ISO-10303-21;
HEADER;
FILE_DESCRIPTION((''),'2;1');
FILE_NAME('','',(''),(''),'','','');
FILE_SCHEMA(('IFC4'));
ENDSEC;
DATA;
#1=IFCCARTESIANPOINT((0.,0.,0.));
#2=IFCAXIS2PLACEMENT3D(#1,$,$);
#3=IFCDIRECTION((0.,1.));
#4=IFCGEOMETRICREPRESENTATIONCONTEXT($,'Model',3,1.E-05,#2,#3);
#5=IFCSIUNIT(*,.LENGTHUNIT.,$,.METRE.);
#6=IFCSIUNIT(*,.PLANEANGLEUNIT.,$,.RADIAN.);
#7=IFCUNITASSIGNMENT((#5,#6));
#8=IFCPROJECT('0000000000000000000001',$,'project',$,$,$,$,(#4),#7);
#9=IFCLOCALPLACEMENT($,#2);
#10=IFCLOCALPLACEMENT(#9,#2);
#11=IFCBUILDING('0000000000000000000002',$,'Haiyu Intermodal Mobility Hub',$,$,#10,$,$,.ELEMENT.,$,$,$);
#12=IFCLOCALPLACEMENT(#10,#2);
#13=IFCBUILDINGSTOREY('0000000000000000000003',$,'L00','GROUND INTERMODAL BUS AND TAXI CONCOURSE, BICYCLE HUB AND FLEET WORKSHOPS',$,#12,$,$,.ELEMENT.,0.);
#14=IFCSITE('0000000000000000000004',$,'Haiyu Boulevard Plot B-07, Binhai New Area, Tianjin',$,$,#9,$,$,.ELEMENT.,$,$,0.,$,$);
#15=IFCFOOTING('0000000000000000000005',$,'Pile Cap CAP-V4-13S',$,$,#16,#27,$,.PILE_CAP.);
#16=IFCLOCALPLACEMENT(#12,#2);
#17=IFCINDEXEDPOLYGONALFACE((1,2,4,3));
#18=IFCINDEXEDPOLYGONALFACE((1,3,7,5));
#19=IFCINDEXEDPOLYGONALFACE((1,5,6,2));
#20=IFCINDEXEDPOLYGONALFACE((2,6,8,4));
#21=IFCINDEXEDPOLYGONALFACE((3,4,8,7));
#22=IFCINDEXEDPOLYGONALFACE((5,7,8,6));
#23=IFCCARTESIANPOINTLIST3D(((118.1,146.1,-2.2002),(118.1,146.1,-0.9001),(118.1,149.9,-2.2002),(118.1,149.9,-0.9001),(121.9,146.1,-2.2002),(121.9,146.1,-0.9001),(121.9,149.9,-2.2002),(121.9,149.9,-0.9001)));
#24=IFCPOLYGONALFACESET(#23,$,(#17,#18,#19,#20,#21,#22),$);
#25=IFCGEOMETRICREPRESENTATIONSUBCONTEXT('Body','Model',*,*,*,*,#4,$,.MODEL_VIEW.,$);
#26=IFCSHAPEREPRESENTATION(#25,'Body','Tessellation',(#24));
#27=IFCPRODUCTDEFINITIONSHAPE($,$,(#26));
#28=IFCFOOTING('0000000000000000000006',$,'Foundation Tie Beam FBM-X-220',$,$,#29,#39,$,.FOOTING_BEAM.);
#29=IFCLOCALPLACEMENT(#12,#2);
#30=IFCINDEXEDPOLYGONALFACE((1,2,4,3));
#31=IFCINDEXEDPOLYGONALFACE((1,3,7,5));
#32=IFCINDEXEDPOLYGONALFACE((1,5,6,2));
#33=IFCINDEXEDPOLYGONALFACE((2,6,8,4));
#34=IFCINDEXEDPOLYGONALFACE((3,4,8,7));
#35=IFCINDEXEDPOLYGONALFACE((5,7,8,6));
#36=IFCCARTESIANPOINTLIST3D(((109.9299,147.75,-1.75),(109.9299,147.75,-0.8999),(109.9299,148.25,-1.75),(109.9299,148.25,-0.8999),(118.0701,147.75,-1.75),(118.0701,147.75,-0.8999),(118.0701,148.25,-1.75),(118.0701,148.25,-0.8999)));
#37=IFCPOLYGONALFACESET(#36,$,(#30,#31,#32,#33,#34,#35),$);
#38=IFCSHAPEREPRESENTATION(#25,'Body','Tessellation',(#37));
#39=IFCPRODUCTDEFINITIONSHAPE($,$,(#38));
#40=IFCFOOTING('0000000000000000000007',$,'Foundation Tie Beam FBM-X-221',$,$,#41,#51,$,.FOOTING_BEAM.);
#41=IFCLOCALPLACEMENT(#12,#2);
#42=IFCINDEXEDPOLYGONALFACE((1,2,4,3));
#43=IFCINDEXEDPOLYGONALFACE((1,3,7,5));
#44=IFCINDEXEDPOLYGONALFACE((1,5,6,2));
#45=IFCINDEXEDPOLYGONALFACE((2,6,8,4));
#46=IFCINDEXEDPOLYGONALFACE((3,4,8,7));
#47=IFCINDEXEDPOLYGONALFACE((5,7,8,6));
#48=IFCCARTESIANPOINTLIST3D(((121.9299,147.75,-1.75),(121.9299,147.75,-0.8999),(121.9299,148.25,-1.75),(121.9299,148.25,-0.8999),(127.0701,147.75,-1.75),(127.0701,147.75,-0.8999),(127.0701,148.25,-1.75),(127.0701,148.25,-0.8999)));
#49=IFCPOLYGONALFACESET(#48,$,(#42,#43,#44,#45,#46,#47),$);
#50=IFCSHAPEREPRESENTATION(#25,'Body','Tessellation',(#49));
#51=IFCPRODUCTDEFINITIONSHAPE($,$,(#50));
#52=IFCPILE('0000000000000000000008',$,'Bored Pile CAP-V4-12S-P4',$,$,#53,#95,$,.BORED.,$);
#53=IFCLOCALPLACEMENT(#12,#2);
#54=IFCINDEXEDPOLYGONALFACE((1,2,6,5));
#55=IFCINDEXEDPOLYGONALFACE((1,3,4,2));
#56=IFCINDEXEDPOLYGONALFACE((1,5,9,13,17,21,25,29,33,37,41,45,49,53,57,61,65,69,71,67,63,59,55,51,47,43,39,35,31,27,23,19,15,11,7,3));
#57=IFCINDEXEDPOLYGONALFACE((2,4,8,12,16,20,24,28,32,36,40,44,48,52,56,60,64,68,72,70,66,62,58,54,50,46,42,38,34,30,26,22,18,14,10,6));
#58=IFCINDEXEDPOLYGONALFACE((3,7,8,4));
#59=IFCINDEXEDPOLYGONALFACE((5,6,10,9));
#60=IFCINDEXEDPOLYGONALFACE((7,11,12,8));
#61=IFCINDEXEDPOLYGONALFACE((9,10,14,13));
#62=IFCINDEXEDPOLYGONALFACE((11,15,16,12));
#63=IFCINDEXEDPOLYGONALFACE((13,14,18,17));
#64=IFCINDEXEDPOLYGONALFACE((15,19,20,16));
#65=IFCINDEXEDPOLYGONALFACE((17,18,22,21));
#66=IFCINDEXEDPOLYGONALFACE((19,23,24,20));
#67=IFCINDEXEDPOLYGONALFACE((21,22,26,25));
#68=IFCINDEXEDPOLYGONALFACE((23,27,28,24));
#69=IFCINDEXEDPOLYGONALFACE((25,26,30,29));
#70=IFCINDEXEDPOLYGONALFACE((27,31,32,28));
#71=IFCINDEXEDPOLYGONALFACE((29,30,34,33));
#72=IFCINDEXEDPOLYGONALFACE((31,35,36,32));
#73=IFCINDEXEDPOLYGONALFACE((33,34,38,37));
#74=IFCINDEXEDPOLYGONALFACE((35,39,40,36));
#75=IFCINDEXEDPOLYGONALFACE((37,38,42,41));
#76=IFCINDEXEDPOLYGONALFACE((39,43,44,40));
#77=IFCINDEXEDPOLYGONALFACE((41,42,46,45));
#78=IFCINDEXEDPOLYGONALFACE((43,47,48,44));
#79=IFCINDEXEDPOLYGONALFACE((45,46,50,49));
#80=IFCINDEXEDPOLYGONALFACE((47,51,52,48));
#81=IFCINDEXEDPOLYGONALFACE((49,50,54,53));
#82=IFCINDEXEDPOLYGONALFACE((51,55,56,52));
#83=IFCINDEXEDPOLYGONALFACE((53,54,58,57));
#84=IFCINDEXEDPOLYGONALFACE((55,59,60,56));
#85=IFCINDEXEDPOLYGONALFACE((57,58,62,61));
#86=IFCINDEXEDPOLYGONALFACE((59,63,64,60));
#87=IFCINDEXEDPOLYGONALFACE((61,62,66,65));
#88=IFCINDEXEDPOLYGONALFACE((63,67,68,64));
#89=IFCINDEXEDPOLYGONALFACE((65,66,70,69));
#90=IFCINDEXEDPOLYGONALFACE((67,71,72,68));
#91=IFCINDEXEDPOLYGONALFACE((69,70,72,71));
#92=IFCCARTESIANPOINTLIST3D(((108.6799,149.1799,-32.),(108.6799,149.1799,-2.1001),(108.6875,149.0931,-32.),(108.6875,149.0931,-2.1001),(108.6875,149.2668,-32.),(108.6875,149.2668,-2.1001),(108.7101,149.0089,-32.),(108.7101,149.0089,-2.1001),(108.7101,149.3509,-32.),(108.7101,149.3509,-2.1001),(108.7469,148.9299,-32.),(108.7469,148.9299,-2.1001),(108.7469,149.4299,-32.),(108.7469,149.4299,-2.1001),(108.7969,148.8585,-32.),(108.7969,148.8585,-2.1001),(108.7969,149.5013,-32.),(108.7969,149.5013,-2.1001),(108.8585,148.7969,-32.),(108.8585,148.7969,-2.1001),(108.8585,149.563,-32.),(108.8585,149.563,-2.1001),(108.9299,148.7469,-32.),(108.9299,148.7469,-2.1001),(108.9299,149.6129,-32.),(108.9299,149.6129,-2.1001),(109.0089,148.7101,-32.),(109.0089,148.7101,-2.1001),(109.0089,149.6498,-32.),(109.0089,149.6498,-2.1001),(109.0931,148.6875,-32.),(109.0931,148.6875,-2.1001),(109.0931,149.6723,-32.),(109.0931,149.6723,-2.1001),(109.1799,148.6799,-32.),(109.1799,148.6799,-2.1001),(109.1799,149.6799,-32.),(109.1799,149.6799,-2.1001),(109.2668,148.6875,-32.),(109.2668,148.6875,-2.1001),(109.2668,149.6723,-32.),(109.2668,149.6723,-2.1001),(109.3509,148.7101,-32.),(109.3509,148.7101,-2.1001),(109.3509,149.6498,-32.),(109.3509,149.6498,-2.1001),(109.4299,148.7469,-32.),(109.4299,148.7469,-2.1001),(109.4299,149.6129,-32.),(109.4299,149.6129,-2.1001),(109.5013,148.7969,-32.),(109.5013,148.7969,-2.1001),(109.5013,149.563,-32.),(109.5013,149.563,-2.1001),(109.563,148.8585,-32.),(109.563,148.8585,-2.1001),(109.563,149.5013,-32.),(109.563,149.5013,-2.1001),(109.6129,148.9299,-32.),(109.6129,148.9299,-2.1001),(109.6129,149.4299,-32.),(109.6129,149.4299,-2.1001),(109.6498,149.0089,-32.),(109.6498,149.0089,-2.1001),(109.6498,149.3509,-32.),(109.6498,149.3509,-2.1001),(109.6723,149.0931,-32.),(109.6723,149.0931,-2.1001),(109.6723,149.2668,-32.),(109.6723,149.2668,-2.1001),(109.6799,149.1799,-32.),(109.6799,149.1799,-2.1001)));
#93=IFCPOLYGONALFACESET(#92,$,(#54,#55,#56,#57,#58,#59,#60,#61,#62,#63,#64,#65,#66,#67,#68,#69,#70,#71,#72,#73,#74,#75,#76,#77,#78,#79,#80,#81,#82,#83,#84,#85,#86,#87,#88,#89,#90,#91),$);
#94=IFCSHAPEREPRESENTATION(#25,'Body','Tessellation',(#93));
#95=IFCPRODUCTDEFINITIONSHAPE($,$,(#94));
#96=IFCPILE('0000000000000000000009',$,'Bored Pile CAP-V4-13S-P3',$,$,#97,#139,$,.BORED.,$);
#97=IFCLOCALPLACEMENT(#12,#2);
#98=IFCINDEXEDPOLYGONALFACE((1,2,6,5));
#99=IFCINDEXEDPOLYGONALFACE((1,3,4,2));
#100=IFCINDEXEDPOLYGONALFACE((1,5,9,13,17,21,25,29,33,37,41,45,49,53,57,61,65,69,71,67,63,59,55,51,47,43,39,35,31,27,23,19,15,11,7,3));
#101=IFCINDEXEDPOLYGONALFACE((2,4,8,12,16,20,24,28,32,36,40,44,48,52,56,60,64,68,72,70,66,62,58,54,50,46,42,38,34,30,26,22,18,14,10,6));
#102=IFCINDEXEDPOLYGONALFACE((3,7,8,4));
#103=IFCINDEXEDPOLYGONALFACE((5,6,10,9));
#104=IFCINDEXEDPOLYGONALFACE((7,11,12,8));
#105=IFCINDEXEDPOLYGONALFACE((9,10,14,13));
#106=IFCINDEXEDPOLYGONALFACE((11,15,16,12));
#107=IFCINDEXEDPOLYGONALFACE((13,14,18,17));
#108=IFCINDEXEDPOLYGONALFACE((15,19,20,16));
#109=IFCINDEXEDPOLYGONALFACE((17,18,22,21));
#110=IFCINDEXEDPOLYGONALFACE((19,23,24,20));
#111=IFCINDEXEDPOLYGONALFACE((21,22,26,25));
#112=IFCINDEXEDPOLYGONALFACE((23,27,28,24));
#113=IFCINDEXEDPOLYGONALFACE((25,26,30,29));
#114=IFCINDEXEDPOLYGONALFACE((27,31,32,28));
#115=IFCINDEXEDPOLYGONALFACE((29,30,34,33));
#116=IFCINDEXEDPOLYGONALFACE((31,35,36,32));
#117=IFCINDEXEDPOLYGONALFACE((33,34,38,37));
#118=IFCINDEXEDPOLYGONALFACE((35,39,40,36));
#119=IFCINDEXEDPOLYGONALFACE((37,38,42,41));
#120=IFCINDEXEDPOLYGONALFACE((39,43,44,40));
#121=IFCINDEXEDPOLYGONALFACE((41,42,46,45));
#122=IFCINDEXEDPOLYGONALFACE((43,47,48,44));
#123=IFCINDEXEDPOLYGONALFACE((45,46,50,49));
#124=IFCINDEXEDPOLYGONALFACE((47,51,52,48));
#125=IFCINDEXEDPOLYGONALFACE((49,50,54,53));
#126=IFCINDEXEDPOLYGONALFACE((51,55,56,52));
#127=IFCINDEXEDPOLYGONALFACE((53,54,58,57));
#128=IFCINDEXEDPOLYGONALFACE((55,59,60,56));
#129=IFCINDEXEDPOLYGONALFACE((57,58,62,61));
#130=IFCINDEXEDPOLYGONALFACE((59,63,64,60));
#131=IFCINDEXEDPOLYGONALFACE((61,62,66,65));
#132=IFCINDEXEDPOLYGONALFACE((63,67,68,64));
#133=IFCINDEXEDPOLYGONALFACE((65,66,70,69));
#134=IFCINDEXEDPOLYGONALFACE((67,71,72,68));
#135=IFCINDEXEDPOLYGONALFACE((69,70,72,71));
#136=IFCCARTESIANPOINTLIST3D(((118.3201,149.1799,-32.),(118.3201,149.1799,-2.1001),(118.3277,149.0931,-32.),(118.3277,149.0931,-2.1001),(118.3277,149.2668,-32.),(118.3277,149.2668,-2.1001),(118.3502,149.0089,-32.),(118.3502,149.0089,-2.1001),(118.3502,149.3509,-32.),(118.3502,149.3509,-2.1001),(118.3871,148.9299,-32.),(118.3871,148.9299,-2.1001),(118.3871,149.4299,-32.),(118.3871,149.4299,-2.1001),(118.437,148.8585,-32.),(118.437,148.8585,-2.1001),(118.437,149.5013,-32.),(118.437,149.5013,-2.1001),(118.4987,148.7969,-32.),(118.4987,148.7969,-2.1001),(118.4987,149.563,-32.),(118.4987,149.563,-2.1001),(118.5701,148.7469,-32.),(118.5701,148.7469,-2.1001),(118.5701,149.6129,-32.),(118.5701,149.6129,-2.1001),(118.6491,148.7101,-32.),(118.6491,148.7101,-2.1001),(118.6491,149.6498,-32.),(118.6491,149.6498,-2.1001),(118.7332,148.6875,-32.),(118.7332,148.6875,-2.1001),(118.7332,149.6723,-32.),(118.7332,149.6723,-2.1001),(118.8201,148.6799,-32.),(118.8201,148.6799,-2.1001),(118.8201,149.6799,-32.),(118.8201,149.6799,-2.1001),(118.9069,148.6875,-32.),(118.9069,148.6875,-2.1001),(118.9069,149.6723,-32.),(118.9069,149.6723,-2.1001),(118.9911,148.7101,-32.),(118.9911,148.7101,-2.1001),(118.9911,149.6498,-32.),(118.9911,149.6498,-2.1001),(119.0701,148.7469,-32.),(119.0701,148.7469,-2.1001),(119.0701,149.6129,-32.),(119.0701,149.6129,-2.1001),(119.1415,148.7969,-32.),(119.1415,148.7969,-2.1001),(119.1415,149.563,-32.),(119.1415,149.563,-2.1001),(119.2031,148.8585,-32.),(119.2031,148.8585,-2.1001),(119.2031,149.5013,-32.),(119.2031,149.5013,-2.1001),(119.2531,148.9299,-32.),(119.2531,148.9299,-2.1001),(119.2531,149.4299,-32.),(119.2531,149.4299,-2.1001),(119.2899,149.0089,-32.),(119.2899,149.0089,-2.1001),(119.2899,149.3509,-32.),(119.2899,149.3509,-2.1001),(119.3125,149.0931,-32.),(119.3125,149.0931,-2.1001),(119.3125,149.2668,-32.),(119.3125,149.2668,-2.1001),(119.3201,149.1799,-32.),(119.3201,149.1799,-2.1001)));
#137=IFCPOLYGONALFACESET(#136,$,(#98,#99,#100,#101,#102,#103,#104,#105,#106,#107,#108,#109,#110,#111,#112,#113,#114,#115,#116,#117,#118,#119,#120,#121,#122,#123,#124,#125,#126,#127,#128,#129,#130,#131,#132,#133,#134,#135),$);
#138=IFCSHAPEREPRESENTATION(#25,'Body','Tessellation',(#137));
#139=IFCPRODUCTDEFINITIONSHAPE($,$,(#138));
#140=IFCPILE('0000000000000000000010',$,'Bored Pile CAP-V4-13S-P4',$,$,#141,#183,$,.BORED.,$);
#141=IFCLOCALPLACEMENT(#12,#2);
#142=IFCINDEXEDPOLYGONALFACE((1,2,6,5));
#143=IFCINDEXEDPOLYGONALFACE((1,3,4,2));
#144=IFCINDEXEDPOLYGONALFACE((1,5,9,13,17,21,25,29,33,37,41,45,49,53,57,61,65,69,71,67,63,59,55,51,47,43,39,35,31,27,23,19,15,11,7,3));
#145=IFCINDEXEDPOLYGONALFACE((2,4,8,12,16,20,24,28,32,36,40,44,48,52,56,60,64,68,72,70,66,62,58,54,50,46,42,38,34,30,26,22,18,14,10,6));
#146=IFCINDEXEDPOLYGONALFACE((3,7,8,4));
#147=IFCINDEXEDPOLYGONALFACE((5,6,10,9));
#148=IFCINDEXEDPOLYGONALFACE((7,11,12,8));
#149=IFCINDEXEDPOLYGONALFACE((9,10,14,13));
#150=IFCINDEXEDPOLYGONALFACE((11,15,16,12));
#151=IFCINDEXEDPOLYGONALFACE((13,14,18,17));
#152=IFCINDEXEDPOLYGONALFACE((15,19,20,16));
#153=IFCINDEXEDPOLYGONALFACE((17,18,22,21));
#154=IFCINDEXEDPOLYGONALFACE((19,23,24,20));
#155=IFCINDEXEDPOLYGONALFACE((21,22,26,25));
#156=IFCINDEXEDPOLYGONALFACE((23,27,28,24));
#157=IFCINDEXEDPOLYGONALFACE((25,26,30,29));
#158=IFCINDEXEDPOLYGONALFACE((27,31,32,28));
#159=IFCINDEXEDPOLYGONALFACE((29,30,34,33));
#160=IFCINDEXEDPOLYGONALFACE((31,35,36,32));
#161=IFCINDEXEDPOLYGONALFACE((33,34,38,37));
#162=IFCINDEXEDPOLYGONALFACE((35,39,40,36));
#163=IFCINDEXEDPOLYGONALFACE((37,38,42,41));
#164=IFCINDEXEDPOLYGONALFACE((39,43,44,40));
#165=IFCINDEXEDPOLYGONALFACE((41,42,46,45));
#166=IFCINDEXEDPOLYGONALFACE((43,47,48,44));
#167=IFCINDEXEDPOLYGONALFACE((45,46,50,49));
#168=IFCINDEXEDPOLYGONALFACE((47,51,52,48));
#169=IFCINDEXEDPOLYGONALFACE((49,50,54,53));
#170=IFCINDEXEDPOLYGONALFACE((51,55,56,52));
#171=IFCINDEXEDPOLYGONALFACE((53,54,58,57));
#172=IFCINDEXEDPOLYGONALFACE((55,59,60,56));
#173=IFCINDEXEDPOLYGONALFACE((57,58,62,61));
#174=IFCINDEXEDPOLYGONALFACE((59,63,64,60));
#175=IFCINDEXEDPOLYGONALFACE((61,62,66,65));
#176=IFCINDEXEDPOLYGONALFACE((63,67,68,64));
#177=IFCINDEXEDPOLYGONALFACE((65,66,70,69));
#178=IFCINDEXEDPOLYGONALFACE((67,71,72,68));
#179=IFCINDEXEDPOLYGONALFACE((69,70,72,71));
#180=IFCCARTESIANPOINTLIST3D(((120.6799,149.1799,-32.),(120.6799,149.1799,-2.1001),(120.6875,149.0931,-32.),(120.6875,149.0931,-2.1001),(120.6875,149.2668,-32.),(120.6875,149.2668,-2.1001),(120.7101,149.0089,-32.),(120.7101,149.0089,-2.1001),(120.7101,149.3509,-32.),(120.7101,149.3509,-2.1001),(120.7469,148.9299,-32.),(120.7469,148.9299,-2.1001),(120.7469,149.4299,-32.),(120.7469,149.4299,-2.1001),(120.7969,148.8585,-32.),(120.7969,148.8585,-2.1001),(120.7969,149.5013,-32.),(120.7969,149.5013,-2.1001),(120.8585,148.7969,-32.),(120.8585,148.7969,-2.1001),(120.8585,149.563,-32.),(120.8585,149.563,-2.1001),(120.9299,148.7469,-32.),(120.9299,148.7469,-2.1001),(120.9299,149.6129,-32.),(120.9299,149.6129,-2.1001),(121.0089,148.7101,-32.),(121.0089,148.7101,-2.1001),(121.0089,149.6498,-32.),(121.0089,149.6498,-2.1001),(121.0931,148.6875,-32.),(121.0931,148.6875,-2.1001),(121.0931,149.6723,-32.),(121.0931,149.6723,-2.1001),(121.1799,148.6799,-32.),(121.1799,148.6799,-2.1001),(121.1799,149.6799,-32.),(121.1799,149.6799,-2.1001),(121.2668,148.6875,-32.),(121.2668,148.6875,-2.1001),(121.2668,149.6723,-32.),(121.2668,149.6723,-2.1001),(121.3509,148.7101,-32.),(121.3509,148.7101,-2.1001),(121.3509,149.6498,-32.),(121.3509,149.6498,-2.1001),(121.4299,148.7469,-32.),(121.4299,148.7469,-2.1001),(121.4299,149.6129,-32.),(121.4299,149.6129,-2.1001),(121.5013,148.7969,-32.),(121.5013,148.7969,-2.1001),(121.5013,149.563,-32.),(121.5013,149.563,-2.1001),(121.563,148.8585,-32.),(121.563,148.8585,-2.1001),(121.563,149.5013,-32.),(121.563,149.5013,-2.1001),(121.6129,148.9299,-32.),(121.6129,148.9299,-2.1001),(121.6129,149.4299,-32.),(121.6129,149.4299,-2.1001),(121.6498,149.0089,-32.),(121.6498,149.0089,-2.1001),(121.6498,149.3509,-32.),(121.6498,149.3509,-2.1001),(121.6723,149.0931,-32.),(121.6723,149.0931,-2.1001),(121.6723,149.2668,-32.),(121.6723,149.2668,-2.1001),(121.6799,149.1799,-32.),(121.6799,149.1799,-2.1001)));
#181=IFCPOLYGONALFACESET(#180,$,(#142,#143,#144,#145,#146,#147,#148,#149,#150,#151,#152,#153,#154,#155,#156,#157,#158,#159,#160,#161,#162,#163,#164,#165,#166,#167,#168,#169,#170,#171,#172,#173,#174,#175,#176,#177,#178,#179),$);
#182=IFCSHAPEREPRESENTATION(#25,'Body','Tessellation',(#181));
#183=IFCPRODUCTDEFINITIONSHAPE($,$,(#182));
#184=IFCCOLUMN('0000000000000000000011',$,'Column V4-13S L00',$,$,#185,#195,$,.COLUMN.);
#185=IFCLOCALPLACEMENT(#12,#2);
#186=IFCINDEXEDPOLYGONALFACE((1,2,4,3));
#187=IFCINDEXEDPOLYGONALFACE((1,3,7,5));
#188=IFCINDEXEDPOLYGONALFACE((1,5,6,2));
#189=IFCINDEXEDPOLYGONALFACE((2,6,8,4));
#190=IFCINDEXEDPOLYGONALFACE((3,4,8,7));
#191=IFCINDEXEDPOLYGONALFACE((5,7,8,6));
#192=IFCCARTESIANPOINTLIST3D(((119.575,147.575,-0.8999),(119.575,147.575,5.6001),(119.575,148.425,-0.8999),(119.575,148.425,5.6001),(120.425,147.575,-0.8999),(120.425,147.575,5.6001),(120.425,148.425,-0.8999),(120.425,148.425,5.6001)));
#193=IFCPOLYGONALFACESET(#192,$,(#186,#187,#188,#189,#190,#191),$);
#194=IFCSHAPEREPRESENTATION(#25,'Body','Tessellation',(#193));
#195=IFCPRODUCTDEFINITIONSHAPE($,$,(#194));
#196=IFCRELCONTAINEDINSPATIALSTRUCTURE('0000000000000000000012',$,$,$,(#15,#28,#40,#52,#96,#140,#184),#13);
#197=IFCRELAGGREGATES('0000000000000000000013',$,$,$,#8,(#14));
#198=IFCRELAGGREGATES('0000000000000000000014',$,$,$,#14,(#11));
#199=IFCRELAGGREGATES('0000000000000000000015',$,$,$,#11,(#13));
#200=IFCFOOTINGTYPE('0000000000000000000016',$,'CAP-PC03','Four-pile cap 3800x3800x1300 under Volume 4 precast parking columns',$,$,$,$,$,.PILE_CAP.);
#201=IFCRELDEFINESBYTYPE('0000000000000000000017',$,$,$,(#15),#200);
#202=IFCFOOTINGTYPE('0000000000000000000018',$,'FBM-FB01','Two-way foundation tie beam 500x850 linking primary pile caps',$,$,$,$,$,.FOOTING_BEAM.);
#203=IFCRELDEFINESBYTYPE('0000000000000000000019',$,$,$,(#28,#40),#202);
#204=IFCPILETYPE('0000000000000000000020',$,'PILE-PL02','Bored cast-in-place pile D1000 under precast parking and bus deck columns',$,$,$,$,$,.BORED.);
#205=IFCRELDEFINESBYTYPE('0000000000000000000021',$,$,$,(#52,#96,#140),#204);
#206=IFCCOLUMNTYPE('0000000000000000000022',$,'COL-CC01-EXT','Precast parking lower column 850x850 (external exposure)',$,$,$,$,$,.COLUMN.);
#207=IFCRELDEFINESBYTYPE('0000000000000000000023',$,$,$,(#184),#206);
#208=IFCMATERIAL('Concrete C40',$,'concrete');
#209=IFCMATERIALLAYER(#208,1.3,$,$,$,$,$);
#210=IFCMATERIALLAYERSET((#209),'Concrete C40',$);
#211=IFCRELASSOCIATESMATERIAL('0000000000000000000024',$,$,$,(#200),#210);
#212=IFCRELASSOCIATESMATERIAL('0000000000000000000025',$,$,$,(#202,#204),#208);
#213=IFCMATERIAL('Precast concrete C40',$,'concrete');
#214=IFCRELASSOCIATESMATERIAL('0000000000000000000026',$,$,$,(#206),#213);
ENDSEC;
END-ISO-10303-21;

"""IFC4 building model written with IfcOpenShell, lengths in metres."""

from ifc_helpers import new_model, si_unit, direction, frame, origin, origin_2d, place, context, subcontext, project, spatial, rectangle, circle, extrude, material, layer, layer_set, material_profile, profile_set, type_object, element, save


model = new_model("IFC4")

# Units and contexts
model_context = context("Model", 3, precision=1e-05, world=origin(), true_north=direction((0.0, 1.0)))
body_context = subcontext(model_context, "Body", "Model", "MODEL_VIEW")
ifc_project = project(units=[si_unit("LENGTHUNIT", "METRE"), si_unit("PLANEANGLEUNIT", "RADIAN")], contexts=[model_context])

# Site, building, storey
site_placement = place(None, origin())
site = spatial("IfcSite", under=ifc_project, at=site_placement, Name="Haiyu Boulevard Plot B-07, Binhai New Area, Tianjin", CompositionType="ELEMENT", RefElevation=0.0)
building_placement = place(site_placement, origin())
building = spatial("IfcBuilding", under=site, at=building_placement, Name="Haiyu Intermodal Mobility Hub", CompositionType="ELEMENT")
storey_placement = place(building_placement, origin())
storey = spatial("IfcBuildingStorey", under=building, at=storey_placement, Name="L00", Description="GROUND INTERMODAL BUS AND TAXI CONCOURSE, BICYCLE HUB AND FLEET WORKSHOPS", CompositionType="ELEMENT", Elevation=0.0)

# Footings
ifc_material_1 = material(Name="Concrete C40", Category="concrete")
ifc_layer_1 = layer(ifc_material_1, 1.3)
ifc_layer_set_1 = layer_set([ifc_layer_1], Name="Concrete C40")
footing_type_1 = type_object("IfcFootingType", Name="CAP-PC03", Description="Four-pile cap 3800x3800x1300 under Volume 4 precast parking columns", PredefinedType="PILE_CAP", material=ifc_layer_set_1)
footing_1_placement = place(storey_placement, frame((120.0, 148.0, -2.2002), z_axis=(0.0, 0.0, 1.0), x_axis=(1.0, 0.0, 0.0)))
element("IfcFooting", 1, at=footing_1_placement, inside=storey, type_object=footing_type_1, Name="Pile Cap CAP-V4-13S", PredefinedType="PILE_CAP", context=body_context, shape_type="SweptSolid", body=[
    extrude(rectangle(XDim=3.8, YDim=3.8, at=origin_2d()), origin(), (0.0, 0.0, 1.0), 1.3),
])
ifc_material_profile_1 = material_profile(ifc_material_1, rectangle(XDim=0.5, YDim=0.8501, at=origin_2d()), Name="FB500x850")
ifc_profile_set_1 = profile_set([ifc_material_profile_1], Name="Concrete C40")
footing_type_2 = type_object("IfcFootingType", Name="FBM-FB01", Description="Two-way foundation tie beam 500x850 linking primary pile caps", PredefinedType="FOOTING_BEAM", material=ifc_profile_set_1)
footing_2_placement = place(storey_placement, frame((109.9299, 148.0, -1.325), z_axis=(1.0, 0.0, 0.0), x_axis=(0.0, 1.0, 0.0)))
element("IfcFooting", 2, at=footing_2_placement, inside=storey, type_object=footing_type_2, Name="Foundation Tie Beam FBM-X-220", PredefinedType="FOOTING_BEAM", context=body_context, shape_type="SweptSolid", body=[
    extrude(rectangle(XDim=0.5, YDim=0.8501, at=origin_2d()), origin(), (0.0, 0.0, 1.0), 8.1401),
])
footing_3_placement = place(storey_placement, frame((121.9299, 148.0, -1.325), z_axis=(1.0, 0.0, 0.0), x_axis=(0.0, 1.0, 0.0)))
element("IfcFooting", 3, at=footing_3_placement, inside=storey, type_object=footing_type_2, Name="Foundation Tie Beam FBM-X-221", PredefinedType="FOOTING_BEAM", context=body_context, shape_type="SweptSolid", body=[
    extrude(rectangle(XDim=0.5, YDim=0.8501, at=origin_2d()), origin(), (0.0, 0.0, 1.0), 5.1401),
])

# Piles
ifc_material_profile_2 = material_profile(ifc_material_1, circle(Radius=0.5, at=origin_2d()), Name="PILE-D1000")
ifc_profile_set_2 = profile_set([ifc_material_profile_2], Name="Concrete C40")
pile_type = type_object("IfcPileType", Name="PILE-PL02", Description="Bored cast-in-place pile D1000 under precast parking and bus deck columns", PredefinedType="BORED", material=ifc_profile_set_2)
for number, where, z_axis, x_axis, name in (
    (4, (109.1799, 149.1799, -2.1001), (0.0, 0.0, -1.0), (1.0, 0.0, 0.0), "Bored Pile CAP-V4-12S-P4"),
    (5, (118.8201, 149.1799, -2.1001), (0.0, 0.0, -1.0), (1.0, 0.0, 0.0), "Bored Pile CAP-V4-13S-P3"),
    (6, (121.1799, 149.1799, -2.1001), (0.0, 0.0, -1.0), (1.0, 0.0, 0.0), "Bored Pile CAP-V4-13S-P4"),
):
    element("IfcPile", number, at=place(storey_placement, frame(where, z_axis=z_axis, x_axis=x_axis)), inside=storey, type_object=pile_type, Name=name, PredefinedType="BORED", context=body_context, shape_type="SweptSolid", body=[
        extrude(circle(Radius=0.5, at=origin_2d()), origin(), (0.0, 0.0, 1.0), 29.8999),
    ])

# Column
ifc_material_2 = material(Name="Precast concrete C40", Category="concrete")
ifc_material_profile_3 = material_profile(ifc_material_2, rectangle(XDim=0.8501, YDim=0.8501, at=origin_2d()), Name="RC850x850")
ifc_profile_set_3 = profile_set([ifc_material_profile_3], Name="Precast concrete C40")
column_type = type_object("IfcColumnType", Name="COL-CC01-EXT", Description="Precast parking lower column 850x850 (external exposure)", PredefinedType="COLUMN", material=ifc_profile_set_3)
column_placement = place(storey_placement, frame((120.0, 148.0, -0.8999), z_axis=(0.0, 0.0, 1.0), x_axis=(1.0, 0.0, 0.0)))
element("IfcColumn", 7, at=column_placement, inside=storey, type_object=column_type, Name="Column V4-13S L00", PredefinedType="COLUMN", context=body_context, shape_type="SweptSolid", body=[
    extrude(rectangle(XDim=0.8501, YDim=0.8501, at=origin_2d()), origin(), (0.0, 0.0, 1.0), 6.5),
])

save(model, "model.ifc")
